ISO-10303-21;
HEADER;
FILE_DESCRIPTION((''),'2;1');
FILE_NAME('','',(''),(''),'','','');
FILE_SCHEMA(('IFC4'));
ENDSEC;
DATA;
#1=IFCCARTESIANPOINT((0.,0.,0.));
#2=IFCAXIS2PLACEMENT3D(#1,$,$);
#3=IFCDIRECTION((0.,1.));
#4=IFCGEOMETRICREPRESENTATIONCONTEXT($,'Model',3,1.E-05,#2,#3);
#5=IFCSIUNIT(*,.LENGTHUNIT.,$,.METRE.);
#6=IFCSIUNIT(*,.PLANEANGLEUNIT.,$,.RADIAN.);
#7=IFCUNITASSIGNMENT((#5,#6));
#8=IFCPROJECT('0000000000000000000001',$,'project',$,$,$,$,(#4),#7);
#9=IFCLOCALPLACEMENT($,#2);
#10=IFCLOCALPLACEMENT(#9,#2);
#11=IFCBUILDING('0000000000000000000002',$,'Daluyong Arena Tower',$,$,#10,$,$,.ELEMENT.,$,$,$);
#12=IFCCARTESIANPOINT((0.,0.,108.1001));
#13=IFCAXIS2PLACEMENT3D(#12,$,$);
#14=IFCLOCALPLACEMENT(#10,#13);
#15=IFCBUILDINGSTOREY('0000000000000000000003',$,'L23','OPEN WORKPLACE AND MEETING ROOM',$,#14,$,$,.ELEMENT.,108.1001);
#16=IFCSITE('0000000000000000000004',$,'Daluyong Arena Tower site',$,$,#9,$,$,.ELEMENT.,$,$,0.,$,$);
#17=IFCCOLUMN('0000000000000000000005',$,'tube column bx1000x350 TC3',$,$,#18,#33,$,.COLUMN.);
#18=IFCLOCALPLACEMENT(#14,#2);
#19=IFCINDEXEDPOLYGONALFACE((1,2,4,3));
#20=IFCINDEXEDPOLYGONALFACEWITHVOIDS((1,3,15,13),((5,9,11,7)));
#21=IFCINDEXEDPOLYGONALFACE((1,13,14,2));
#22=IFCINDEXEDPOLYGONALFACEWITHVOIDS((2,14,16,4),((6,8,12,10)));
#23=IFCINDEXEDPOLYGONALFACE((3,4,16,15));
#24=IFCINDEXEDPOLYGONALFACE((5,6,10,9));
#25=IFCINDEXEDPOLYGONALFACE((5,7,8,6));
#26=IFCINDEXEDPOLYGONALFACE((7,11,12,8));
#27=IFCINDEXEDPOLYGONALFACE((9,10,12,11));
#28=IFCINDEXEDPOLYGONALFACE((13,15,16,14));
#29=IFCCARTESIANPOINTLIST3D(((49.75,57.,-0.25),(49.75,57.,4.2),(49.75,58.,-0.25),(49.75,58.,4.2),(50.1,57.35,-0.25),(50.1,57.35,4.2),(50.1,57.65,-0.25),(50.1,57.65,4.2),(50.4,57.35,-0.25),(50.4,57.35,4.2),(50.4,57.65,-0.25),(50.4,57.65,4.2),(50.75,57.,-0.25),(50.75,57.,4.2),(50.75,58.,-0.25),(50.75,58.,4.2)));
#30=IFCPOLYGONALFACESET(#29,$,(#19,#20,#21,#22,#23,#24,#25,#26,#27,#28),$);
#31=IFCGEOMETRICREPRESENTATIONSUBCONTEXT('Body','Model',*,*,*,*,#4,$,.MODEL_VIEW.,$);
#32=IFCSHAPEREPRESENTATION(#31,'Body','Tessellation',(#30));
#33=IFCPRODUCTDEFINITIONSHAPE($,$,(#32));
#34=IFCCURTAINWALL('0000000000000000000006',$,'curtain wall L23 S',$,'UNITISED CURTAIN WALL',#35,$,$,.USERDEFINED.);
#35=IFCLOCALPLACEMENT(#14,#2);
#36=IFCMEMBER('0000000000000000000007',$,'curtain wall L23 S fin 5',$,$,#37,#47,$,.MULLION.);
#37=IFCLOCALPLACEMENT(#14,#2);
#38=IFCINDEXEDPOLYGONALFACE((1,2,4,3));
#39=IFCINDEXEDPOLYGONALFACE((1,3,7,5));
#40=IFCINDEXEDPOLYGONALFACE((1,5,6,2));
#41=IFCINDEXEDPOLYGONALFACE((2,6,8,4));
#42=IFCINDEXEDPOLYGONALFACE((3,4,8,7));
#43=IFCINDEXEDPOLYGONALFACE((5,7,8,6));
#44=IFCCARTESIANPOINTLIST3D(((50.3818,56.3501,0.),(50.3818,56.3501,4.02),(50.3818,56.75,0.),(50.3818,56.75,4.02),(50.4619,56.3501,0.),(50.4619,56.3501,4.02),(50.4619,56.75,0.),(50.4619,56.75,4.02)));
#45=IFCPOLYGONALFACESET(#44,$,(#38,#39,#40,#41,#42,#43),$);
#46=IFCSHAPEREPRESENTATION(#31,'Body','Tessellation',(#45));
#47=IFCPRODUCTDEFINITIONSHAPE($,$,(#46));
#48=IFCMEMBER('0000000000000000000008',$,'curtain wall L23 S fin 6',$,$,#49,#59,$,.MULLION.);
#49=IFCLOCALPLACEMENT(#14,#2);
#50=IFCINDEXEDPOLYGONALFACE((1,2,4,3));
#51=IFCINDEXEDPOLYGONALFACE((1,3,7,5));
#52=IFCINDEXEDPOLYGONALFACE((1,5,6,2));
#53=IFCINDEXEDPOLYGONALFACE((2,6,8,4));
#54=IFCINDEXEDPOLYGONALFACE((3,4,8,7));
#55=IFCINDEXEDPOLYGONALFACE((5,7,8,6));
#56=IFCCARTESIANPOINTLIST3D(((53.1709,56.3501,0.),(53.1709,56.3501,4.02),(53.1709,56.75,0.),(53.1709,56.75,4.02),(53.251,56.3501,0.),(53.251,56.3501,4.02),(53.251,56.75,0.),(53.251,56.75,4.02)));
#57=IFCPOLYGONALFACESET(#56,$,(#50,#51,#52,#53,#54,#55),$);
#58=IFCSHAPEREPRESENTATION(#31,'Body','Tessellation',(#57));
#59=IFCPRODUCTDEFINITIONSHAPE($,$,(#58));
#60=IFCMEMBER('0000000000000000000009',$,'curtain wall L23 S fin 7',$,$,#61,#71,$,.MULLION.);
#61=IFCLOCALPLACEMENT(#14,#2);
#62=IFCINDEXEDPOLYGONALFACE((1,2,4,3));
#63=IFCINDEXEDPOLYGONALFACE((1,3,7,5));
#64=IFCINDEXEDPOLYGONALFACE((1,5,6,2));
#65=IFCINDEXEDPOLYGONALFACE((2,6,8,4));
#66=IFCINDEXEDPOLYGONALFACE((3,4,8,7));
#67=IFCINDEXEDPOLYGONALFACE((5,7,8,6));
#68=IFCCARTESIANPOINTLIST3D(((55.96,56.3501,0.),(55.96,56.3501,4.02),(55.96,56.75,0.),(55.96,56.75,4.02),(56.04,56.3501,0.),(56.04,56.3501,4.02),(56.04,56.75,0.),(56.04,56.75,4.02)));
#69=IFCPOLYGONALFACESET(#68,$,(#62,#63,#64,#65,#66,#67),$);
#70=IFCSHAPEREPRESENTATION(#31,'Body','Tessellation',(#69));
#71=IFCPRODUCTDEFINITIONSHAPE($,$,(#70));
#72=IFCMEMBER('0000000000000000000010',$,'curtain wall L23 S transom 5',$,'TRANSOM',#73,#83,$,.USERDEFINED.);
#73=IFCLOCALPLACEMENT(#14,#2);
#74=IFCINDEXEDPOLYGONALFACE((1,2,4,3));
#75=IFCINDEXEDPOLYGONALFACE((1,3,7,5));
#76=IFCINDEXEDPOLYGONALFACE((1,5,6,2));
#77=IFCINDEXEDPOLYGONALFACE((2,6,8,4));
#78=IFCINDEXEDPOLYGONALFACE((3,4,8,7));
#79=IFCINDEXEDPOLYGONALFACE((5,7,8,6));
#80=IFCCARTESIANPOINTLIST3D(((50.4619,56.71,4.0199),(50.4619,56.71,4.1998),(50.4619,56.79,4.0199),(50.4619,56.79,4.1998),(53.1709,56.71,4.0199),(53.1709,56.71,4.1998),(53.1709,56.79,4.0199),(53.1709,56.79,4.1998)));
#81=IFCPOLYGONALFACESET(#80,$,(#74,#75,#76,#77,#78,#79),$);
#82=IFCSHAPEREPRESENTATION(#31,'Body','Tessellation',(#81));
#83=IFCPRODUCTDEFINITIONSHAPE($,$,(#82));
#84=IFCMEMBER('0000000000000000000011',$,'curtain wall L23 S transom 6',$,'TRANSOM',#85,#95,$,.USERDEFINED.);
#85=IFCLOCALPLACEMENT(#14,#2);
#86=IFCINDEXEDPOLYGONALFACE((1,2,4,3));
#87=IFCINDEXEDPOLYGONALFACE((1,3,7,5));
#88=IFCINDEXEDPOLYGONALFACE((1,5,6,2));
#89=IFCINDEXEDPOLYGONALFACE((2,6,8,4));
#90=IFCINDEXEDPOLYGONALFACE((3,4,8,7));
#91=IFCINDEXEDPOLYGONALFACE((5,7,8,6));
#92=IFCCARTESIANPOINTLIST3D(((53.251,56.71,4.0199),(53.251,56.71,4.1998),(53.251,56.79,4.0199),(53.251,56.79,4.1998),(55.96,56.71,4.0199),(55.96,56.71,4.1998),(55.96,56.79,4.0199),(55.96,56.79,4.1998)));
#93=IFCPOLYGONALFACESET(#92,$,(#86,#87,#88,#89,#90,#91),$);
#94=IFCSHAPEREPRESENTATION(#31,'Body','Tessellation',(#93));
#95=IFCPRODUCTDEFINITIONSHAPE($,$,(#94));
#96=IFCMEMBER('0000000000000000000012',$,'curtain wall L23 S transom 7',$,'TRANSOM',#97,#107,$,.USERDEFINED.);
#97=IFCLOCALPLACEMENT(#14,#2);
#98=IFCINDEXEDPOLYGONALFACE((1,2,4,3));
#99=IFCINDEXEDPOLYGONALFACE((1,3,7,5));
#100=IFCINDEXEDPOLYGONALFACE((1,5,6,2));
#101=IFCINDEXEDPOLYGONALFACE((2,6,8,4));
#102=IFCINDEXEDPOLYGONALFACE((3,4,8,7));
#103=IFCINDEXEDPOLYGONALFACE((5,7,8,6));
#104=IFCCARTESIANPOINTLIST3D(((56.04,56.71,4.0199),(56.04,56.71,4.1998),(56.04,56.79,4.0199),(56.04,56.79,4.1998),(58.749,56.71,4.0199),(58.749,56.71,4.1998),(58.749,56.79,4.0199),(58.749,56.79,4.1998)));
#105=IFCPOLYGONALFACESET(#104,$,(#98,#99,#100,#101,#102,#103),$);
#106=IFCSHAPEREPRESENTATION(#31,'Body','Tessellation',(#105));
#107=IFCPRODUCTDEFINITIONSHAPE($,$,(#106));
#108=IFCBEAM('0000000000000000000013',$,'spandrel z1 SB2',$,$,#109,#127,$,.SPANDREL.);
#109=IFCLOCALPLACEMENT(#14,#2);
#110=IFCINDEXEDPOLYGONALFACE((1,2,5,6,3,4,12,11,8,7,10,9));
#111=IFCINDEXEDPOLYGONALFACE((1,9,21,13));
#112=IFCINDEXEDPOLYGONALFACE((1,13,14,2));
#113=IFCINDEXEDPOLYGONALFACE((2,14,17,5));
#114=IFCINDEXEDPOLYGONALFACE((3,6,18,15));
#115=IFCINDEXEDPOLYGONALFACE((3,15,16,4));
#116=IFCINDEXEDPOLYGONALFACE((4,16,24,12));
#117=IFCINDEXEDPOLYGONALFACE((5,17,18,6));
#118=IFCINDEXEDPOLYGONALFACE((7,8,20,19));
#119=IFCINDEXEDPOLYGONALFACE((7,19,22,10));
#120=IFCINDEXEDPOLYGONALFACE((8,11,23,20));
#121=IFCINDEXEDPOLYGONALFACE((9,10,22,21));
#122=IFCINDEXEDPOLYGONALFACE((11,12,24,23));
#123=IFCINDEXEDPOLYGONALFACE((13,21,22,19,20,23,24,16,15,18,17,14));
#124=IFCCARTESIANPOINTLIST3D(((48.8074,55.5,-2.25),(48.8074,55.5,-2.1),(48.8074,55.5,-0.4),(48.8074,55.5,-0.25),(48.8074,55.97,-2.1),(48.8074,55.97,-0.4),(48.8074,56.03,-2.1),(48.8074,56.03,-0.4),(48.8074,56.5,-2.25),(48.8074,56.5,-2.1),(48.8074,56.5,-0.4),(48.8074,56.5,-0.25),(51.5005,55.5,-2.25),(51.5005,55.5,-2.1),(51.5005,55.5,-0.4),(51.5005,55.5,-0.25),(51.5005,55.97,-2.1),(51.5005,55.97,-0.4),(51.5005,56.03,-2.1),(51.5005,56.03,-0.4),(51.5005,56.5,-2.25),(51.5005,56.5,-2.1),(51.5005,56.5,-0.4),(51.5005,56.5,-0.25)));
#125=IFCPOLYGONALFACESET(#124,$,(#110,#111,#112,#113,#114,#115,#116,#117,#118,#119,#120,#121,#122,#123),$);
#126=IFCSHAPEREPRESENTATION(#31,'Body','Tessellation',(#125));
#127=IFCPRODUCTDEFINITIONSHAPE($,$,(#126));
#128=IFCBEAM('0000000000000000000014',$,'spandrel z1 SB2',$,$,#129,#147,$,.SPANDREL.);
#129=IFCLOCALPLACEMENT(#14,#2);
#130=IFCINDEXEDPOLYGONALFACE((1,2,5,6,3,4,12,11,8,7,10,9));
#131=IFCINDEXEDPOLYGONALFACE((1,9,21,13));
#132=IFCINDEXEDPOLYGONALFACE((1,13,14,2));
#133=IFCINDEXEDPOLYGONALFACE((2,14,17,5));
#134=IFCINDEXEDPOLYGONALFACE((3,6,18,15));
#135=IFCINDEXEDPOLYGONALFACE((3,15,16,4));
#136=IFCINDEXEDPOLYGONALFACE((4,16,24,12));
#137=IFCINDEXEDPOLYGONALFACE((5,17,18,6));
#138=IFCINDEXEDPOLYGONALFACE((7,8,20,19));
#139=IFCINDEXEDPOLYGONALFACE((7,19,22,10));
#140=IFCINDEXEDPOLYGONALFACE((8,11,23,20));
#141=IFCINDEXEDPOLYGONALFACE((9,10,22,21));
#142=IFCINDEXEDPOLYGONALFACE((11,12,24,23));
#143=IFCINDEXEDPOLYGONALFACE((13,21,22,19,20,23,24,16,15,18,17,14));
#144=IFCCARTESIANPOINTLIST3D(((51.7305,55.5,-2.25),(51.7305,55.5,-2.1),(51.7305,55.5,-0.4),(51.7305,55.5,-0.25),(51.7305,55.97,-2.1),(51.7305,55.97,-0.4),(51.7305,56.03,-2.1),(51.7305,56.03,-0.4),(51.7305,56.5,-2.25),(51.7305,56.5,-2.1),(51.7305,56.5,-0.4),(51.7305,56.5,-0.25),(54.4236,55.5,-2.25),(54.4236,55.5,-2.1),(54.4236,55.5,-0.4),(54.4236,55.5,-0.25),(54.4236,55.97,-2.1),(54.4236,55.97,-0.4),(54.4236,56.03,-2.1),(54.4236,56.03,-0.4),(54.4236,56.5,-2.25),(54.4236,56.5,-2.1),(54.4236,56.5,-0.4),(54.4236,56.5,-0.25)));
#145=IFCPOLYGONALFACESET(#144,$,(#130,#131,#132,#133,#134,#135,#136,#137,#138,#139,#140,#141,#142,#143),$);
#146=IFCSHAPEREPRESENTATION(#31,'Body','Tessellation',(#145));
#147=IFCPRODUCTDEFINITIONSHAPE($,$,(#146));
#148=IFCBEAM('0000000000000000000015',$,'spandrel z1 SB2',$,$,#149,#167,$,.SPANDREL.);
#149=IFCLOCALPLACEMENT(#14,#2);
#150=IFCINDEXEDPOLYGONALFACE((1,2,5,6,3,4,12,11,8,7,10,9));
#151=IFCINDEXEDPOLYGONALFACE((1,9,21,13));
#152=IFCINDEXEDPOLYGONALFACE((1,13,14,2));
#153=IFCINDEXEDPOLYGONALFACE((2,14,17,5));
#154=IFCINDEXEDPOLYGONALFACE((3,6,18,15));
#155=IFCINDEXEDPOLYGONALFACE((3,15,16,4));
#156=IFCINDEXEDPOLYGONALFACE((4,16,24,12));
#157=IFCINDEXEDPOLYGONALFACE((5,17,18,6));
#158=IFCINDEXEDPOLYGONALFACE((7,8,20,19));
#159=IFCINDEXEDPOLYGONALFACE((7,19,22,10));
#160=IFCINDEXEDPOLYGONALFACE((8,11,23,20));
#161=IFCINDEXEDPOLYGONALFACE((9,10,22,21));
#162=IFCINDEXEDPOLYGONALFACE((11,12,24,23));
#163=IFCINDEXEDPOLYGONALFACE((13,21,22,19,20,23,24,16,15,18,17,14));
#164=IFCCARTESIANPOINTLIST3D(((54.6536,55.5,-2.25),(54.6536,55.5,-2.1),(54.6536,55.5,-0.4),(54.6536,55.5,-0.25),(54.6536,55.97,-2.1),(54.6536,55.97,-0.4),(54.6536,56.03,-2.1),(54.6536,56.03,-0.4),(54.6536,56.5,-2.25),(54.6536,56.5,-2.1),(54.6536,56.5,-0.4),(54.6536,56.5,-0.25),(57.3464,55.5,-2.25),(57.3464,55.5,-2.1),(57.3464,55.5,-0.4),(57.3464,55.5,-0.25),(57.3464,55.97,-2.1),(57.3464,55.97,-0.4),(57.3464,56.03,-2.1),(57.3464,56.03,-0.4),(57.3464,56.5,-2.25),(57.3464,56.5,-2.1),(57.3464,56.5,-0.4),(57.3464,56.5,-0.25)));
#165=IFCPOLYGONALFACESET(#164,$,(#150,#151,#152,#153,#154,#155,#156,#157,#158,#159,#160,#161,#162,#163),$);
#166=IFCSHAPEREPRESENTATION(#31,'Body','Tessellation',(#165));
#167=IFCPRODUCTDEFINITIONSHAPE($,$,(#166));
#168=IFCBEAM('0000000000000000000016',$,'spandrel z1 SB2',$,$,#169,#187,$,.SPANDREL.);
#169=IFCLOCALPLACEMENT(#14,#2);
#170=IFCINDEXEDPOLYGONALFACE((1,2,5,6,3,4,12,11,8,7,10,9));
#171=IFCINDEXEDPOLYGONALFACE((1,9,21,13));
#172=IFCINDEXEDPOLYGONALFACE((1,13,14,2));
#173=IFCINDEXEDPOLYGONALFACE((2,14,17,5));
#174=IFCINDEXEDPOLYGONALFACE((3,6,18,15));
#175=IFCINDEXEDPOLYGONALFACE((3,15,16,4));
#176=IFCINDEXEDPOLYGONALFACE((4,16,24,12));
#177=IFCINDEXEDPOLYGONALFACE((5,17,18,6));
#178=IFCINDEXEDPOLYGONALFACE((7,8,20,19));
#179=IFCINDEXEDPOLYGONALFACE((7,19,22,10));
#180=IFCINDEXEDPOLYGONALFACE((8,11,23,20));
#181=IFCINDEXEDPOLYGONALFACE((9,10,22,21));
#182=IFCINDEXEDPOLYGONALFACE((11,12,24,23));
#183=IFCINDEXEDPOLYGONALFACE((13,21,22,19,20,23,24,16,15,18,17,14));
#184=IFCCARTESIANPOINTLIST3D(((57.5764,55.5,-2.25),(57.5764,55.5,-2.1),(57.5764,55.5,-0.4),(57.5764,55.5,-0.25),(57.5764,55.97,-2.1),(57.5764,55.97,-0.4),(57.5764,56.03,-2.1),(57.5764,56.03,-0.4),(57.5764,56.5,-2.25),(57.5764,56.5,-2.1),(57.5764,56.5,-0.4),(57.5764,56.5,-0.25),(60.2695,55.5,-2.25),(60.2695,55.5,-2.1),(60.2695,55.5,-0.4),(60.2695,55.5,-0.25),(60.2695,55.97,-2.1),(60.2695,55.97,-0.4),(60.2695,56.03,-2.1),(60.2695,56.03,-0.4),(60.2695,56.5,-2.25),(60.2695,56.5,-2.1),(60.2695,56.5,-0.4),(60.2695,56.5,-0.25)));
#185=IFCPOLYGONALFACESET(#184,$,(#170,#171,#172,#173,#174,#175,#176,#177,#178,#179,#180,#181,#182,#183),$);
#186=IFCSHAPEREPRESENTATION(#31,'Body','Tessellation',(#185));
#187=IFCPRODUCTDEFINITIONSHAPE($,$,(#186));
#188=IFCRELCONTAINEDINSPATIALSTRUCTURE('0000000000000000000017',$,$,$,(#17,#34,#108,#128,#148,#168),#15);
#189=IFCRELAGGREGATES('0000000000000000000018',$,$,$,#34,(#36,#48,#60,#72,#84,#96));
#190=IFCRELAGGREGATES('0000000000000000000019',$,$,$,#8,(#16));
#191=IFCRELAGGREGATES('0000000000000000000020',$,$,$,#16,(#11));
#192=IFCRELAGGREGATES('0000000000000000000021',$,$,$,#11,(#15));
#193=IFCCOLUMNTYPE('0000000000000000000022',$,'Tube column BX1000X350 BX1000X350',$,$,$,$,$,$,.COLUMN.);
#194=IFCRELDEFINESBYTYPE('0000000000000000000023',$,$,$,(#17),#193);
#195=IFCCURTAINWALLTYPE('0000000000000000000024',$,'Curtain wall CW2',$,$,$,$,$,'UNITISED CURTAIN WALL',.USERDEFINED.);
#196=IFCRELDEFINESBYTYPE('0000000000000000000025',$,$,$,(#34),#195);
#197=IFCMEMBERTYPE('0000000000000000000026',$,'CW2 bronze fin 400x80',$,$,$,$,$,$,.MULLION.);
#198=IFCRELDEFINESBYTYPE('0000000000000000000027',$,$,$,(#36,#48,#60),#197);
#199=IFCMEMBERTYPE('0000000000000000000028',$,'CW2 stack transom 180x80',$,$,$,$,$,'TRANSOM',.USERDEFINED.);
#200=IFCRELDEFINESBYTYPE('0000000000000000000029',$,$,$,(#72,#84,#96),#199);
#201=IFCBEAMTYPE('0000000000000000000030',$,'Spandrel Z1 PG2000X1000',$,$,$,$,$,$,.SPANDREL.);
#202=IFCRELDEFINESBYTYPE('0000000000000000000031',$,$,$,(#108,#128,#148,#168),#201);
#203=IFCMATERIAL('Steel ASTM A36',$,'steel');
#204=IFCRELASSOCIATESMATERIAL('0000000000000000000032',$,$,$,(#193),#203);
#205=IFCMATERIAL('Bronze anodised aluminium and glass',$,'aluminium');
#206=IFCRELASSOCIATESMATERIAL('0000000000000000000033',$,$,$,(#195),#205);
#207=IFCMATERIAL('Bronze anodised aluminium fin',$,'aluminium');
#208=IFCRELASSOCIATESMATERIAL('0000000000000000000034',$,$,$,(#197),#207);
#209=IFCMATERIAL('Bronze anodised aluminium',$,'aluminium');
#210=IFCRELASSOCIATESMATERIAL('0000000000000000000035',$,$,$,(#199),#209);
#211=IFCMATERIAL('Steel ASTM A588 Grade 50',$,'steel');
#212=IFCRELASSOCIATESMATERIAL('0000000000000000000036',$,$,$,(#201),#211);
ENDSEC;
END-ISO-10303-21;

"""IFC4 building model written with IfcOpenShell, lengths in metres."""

from ifc_helpers import new_model, si_unit, direction, frame, origin, origin_2d, place, context, subcontext, project, spatial, rectangle, hollow_rectangle, i_section, extrude, material, material_profile, profile_set, type_object, element, aggregate, save


model = new_model("IFC4")

# Units and contexts
model_context = context("Model", 3, precision=1e-05, world=origin(), true_north=direction((0.0, 1.0)))
body_context = subcontext(model_context, "Body", "Model", "MODEL_VIEW")
ifc_project = project(units=[si_unit("LENGTHUNIT", "METRE"), si_unit("PLANEANGLEUNIT", "RADIAN")], contexts=[model_context])

# Site, building, storey
site_placement = place(None, origin())
site = spatial("IfcSite", under=ifc_project, at=site_placement, Name="Daluyong Arena Tower site", CompositionType="ELEMENT", RefElevation=0.0)
building_placement = place(site_placement, origin())
building = spatial("IfcBuilding", under=site, at=building_placement, Name="Daluyong Arena Tower", CompositionType="ELEMENT")
storey_placement = place(building_placement, frame((0.0, 0.0, 108.1001)))
storey = spatial("IfcBuildingStorey", under=building, at=storey_placement, Name="L23", Description="OPEN WORKPLACE AND MEETING ROOM", CompositionType="ELEMENT", Elevation=108.1001)

# Column
ifc_material_1 = material(Name="Steel ASTM A36", Category="steel")
ifc_material_profile_1 = material_profile(ifc_material_1, hollow_rectangle(XDim=1.0, YDim=1.0, WallThickness=0.35, at=origin_2d()))
ifc_profile_set_1 = profile_set([ifc_material_profile_1], Name="Steel ASTM A36")
column_type = type_object("IfcColumnType", Name="Tube column BX1000X350 BX1000X350", PredefinedType="COLUMN", material=ifc_profile_set_1)
column_placement = place(storey_placement, frame((50.25, 57.5, -0.25), z_axis=(0.0, 0.0, 1.0), x_axis=(1.0, 0.0, 0.0)))
element("IfcColumn", 1, at=column_placement, inside=storey, type_object=column_type, Name="tube column bx1000x350 TC3", PredefinedType="COLUMN", context=body_context, shape_type="SweptSolid", body=[
    extrude(hollow_rectangle(XDim=1.0, YDim=1.0, WallThickness=0.35, at=origin_2d()), origin(), (0.0, 0.0, 1.0), 4.45),
])

# Curtain wall, members
ifc_material_2 = material(Name="Bronze anodised aluminium and glass", Category="aluminium")
curtain_wall_type = type_object("IfcCurtainWallType", Name="Curtain wall CW2", ElementType="UNITISED CURTAIN WALL", PredefinedType="USERDEFINED", material=ifc_material_2)
curtain_wall_placement = place(storey_placement, origin())
curtain_wall = element("IfcCurtainWall", 2, at=curtain_wall_placement, inside=storey, type_object=curtain_wall_type, Name="curtain wall L23 S", ObjectType="UNITISED CURTAIN WALL", PredefinedType="USERDEFINED")
ifc_material_3 = material(Name="Bronze anodised aluminium fin", Category="aluminium")
ifc_material_profile_2 = material_profile(ifc_material_3, rectangle(XDim=0.3999, YDim=0.0801, at=origin_2d()))
ifc_profile_set_2 = profile_set([ifc_material_profile_2], Name="Bronze anodised aluminium fin")
member_type_1 = type_object("IfcMemberType", Name="CW2 bronze fin 400x80", PredefinedType="MULLION", material=ifc_profile_set_2)
member_1_placement = place(storey_placement, frame((50.4219, 56.55, 0.0), z_axis=(0.0, 0.0, 1.0), x_axis=(0.0, 1.0, 0.0)))
member_1 = element("IfcMember", 3, at=member_1_placement, type_object=member_type_1, Name="curtain wall L23 S fin 5", PredefinedType="MULLION", context=body_context, shape_type="SweptSolid", body=[
    extrude(rectangle(XDim=0.3999, YDim=0.0801, at=origin_2d()), origin(), (0.0, 0.0, 1.0), 4.02),
])
member_2_placement = place(storey_placement, frame((53.2109, 56.55, 0.0), z_axis=(0.0, 0.0, 1.0), x_axis=(0.0, 1.0, 0.0)))
member_2 = element("IfcMember", 4, at=member_2_placement, type_object=member_type_1, Name="curtain wall L23 S fin 6", PredefinedType="MULLION", context=body_context, shape_type="SweptSolid", body=[
    extrude(rectangle(XDim=0.3999, YDim=0.0801, at=origin_2d()), origin(), (0.0, 0.0, 1.0), 4.02),
])
member_3_placement = place(storey_placement, frame((56.0, 56.55, 0.0), z_axis=(0.0, 0.0, 1.0), x_axis=(0.0, 1.0, 0.0)))
member_3 = element("IfcMember", 5, at=member_3_placement, type_object=member_type_1, Name="curtain wall L23 S fin 7", PredefinedType="MULLION", context=body_context, shape_type="SweptSolid", body=[
    extrude(rectangle(XDim=0.3999, YDim=0.0801, at=origin_2d()), origin(), (0.0, 0.0, 1.0), 4.02),
])
ifc_material_4 = material(Name="Bronze anodised aluminium", Category="aluminium")
ifc_material_profile_3 = material_profile(ifc_material_4, rectangle(XDim=0.0801, YDim=0.1799, at=origin_2d()))
ifc_profile_set_3 = profile_set([ifc_material_profile_3], Name="Bronze anodised aluminium")
member_type_2 = type_object("IfcMemberType", Name="CW2 stack transom 180x80", ElementType="TRANSOM", PredefinedType="USERDEFINED", material=ifc_profile_set_3)
member_4_placement = place(storey_placement, frame((50.4619, 56.75, 4.1099), z_axis=(1.0, 0.0, 0.0), x_axis=(0.0, 1.0, 0.0)))
member_4 = element("IfcMember", 6, at=member_4_placement, type_object=member_type_2, Name="curtain wall L23 S transom 5", ObjectType="TRANSOM", PredefinedType="USERDEFINED", context=body_context, shape_type="SweptSolid", body=[
    extrude(rectangle(XDim=0.0801, YDim=0.1799, at=origin_2d()), origin(), (0.0, 0.0, 1.0), 2.709),
])
member_5_placement = place(storey_placement, frame((53.251, 56.75, 4.1099), z_axis=(1.0, 0.0, 0.0), x_axis=(0.0, 1.0, 0.0)))
member_5 = element("IfcMember", 7, at=member_5_placement, type_object=member_type_2, Name="curtain wall L23 S transom 6", ObjectType="TRANSOM", PredefinedType="USERDEFINED", context=body_context, shape_type="SweptSolid", body=[
    extrude(rectangle(XDim=0.0801, YDim=0.1799, at=origin_2d()), origin(), (0.0, 0.0, 1.0), 2.709),
])
member_6_placement = place(storey_placement, frame((56.04, 56.75, 4.1099), z_axis=(1.0, 0.0, 0.0), x_axis=(0.0, 1.0, 0.0)))
member_6 = element("IfcMember", 8, at=member_6_placement, type_object=member_type_2, Name="curtain wall L23 S transom 7", ObjectType="TRANSOM", PredefinedType="USERDEFINED", context=body_context, shape_type="SweptSolid", body=[
    extrude(rectangle(XDim=0.0801, YDim=0.1799, at=origin_2d()), origin(), (0.0, 0.0, 1.0), 2.709),
])

# Beams
ifc_material_5 = material(Name="Steel ASTM A588 Grade 50", Category="steel")
ifc_material_profile_4 = material_profile(ifc_material_5, i_section(OverallWidth=1.0, OverallDepth=2.0, WebThickness=0.06, FlangeThickness=0.15, at=origin_2d()))
ifc_profile_set_4 = profile_set([ifc_material_profile_4], Name="Steel ASTM A588 Grade 50")
beam_type_1 = type_object("IfcBeamType", Name="Spandrel Z1 PG2000X1000", PredefinedType="SPANDREL", material=ifc_profile_set_4)
for number, where, z_axis, x_axis, name in (
    (9, (48.8074, 56.0, -1.25), (1.0, 0.0, 0.0), (0.0, 1.0, 0.0), "spandrel z1 SB2"),
    (10, (51.7305, 56.0, -1.25), (1.0, 0.0, 0.0), (0.0, 1.0, 0.0), "spandrel z1 SB2"),
):
    element("IfcBeam", number, at=place(storey_placement, frame(where, z_axis=z_axis, x_axis=x_axis)), inside=storey, type_object=beam_type_1, Name=name, PredefinedType="SPANDREL", context=body_context, shape_type="SweptSolid", body=[
        extrude(i_section(OverallWidth=1.0, OverallDepth=2.0, WebThickness=0.06, FlangeThickness=0.15, at=origin_2d()), origin(), (0.0, 0.0, 1.0), 2.6931),
    ])
beam_1_placement = place(storey_placement, frame((54.6536, 56.0, -1.25), z_axis=(1.0, 0.0, 0.0), x_axis=(0.0, 1.0, 0.0)))
element("IfcBeam", 11, at=beam_1_placement, inside=storey, type_object=beam_type_1, Name="spandrel z1 SB2", PredefinedType="SPANDREL", context=body_context, shape_type="SweptSolid", body=[
    extrude(i_section(OverallWidth=1.0, OverallDepth=2.0, WebThickness=0.06, FlangeThickness=0.15, at=origin_2d()), origin(), (0.0, 0.0, 1.0), 2.6929),
])
beam_2_placement = place(storey_placement, frame((57.5764, 56.0, -1.25), z_axis=(1.0, 0.0, 0.0), x_axis=(0.0, 1.0, 0.0)))
element("IfcBeam", 12, at=beam_2_placement, inside=storey, type_object=beam_type_1, Name="spandrel z1 SB2", PredefinedType="SPANDREL", context=body_context, shape_type="SweptSolid", body=[
    extrude(i_section(OverallWidth=1.0, OverallDepth=2.0, WebThickness=0.06, FlangeThickness=0.15, at=origin_2d()), origin(), (0.0, 0.0, 1.0), 2.6931),
])

aggregate(curtain_wall, [member_1, member_2, member_3, member_4, member_5, member_6])

save(model, "model.ifc")
